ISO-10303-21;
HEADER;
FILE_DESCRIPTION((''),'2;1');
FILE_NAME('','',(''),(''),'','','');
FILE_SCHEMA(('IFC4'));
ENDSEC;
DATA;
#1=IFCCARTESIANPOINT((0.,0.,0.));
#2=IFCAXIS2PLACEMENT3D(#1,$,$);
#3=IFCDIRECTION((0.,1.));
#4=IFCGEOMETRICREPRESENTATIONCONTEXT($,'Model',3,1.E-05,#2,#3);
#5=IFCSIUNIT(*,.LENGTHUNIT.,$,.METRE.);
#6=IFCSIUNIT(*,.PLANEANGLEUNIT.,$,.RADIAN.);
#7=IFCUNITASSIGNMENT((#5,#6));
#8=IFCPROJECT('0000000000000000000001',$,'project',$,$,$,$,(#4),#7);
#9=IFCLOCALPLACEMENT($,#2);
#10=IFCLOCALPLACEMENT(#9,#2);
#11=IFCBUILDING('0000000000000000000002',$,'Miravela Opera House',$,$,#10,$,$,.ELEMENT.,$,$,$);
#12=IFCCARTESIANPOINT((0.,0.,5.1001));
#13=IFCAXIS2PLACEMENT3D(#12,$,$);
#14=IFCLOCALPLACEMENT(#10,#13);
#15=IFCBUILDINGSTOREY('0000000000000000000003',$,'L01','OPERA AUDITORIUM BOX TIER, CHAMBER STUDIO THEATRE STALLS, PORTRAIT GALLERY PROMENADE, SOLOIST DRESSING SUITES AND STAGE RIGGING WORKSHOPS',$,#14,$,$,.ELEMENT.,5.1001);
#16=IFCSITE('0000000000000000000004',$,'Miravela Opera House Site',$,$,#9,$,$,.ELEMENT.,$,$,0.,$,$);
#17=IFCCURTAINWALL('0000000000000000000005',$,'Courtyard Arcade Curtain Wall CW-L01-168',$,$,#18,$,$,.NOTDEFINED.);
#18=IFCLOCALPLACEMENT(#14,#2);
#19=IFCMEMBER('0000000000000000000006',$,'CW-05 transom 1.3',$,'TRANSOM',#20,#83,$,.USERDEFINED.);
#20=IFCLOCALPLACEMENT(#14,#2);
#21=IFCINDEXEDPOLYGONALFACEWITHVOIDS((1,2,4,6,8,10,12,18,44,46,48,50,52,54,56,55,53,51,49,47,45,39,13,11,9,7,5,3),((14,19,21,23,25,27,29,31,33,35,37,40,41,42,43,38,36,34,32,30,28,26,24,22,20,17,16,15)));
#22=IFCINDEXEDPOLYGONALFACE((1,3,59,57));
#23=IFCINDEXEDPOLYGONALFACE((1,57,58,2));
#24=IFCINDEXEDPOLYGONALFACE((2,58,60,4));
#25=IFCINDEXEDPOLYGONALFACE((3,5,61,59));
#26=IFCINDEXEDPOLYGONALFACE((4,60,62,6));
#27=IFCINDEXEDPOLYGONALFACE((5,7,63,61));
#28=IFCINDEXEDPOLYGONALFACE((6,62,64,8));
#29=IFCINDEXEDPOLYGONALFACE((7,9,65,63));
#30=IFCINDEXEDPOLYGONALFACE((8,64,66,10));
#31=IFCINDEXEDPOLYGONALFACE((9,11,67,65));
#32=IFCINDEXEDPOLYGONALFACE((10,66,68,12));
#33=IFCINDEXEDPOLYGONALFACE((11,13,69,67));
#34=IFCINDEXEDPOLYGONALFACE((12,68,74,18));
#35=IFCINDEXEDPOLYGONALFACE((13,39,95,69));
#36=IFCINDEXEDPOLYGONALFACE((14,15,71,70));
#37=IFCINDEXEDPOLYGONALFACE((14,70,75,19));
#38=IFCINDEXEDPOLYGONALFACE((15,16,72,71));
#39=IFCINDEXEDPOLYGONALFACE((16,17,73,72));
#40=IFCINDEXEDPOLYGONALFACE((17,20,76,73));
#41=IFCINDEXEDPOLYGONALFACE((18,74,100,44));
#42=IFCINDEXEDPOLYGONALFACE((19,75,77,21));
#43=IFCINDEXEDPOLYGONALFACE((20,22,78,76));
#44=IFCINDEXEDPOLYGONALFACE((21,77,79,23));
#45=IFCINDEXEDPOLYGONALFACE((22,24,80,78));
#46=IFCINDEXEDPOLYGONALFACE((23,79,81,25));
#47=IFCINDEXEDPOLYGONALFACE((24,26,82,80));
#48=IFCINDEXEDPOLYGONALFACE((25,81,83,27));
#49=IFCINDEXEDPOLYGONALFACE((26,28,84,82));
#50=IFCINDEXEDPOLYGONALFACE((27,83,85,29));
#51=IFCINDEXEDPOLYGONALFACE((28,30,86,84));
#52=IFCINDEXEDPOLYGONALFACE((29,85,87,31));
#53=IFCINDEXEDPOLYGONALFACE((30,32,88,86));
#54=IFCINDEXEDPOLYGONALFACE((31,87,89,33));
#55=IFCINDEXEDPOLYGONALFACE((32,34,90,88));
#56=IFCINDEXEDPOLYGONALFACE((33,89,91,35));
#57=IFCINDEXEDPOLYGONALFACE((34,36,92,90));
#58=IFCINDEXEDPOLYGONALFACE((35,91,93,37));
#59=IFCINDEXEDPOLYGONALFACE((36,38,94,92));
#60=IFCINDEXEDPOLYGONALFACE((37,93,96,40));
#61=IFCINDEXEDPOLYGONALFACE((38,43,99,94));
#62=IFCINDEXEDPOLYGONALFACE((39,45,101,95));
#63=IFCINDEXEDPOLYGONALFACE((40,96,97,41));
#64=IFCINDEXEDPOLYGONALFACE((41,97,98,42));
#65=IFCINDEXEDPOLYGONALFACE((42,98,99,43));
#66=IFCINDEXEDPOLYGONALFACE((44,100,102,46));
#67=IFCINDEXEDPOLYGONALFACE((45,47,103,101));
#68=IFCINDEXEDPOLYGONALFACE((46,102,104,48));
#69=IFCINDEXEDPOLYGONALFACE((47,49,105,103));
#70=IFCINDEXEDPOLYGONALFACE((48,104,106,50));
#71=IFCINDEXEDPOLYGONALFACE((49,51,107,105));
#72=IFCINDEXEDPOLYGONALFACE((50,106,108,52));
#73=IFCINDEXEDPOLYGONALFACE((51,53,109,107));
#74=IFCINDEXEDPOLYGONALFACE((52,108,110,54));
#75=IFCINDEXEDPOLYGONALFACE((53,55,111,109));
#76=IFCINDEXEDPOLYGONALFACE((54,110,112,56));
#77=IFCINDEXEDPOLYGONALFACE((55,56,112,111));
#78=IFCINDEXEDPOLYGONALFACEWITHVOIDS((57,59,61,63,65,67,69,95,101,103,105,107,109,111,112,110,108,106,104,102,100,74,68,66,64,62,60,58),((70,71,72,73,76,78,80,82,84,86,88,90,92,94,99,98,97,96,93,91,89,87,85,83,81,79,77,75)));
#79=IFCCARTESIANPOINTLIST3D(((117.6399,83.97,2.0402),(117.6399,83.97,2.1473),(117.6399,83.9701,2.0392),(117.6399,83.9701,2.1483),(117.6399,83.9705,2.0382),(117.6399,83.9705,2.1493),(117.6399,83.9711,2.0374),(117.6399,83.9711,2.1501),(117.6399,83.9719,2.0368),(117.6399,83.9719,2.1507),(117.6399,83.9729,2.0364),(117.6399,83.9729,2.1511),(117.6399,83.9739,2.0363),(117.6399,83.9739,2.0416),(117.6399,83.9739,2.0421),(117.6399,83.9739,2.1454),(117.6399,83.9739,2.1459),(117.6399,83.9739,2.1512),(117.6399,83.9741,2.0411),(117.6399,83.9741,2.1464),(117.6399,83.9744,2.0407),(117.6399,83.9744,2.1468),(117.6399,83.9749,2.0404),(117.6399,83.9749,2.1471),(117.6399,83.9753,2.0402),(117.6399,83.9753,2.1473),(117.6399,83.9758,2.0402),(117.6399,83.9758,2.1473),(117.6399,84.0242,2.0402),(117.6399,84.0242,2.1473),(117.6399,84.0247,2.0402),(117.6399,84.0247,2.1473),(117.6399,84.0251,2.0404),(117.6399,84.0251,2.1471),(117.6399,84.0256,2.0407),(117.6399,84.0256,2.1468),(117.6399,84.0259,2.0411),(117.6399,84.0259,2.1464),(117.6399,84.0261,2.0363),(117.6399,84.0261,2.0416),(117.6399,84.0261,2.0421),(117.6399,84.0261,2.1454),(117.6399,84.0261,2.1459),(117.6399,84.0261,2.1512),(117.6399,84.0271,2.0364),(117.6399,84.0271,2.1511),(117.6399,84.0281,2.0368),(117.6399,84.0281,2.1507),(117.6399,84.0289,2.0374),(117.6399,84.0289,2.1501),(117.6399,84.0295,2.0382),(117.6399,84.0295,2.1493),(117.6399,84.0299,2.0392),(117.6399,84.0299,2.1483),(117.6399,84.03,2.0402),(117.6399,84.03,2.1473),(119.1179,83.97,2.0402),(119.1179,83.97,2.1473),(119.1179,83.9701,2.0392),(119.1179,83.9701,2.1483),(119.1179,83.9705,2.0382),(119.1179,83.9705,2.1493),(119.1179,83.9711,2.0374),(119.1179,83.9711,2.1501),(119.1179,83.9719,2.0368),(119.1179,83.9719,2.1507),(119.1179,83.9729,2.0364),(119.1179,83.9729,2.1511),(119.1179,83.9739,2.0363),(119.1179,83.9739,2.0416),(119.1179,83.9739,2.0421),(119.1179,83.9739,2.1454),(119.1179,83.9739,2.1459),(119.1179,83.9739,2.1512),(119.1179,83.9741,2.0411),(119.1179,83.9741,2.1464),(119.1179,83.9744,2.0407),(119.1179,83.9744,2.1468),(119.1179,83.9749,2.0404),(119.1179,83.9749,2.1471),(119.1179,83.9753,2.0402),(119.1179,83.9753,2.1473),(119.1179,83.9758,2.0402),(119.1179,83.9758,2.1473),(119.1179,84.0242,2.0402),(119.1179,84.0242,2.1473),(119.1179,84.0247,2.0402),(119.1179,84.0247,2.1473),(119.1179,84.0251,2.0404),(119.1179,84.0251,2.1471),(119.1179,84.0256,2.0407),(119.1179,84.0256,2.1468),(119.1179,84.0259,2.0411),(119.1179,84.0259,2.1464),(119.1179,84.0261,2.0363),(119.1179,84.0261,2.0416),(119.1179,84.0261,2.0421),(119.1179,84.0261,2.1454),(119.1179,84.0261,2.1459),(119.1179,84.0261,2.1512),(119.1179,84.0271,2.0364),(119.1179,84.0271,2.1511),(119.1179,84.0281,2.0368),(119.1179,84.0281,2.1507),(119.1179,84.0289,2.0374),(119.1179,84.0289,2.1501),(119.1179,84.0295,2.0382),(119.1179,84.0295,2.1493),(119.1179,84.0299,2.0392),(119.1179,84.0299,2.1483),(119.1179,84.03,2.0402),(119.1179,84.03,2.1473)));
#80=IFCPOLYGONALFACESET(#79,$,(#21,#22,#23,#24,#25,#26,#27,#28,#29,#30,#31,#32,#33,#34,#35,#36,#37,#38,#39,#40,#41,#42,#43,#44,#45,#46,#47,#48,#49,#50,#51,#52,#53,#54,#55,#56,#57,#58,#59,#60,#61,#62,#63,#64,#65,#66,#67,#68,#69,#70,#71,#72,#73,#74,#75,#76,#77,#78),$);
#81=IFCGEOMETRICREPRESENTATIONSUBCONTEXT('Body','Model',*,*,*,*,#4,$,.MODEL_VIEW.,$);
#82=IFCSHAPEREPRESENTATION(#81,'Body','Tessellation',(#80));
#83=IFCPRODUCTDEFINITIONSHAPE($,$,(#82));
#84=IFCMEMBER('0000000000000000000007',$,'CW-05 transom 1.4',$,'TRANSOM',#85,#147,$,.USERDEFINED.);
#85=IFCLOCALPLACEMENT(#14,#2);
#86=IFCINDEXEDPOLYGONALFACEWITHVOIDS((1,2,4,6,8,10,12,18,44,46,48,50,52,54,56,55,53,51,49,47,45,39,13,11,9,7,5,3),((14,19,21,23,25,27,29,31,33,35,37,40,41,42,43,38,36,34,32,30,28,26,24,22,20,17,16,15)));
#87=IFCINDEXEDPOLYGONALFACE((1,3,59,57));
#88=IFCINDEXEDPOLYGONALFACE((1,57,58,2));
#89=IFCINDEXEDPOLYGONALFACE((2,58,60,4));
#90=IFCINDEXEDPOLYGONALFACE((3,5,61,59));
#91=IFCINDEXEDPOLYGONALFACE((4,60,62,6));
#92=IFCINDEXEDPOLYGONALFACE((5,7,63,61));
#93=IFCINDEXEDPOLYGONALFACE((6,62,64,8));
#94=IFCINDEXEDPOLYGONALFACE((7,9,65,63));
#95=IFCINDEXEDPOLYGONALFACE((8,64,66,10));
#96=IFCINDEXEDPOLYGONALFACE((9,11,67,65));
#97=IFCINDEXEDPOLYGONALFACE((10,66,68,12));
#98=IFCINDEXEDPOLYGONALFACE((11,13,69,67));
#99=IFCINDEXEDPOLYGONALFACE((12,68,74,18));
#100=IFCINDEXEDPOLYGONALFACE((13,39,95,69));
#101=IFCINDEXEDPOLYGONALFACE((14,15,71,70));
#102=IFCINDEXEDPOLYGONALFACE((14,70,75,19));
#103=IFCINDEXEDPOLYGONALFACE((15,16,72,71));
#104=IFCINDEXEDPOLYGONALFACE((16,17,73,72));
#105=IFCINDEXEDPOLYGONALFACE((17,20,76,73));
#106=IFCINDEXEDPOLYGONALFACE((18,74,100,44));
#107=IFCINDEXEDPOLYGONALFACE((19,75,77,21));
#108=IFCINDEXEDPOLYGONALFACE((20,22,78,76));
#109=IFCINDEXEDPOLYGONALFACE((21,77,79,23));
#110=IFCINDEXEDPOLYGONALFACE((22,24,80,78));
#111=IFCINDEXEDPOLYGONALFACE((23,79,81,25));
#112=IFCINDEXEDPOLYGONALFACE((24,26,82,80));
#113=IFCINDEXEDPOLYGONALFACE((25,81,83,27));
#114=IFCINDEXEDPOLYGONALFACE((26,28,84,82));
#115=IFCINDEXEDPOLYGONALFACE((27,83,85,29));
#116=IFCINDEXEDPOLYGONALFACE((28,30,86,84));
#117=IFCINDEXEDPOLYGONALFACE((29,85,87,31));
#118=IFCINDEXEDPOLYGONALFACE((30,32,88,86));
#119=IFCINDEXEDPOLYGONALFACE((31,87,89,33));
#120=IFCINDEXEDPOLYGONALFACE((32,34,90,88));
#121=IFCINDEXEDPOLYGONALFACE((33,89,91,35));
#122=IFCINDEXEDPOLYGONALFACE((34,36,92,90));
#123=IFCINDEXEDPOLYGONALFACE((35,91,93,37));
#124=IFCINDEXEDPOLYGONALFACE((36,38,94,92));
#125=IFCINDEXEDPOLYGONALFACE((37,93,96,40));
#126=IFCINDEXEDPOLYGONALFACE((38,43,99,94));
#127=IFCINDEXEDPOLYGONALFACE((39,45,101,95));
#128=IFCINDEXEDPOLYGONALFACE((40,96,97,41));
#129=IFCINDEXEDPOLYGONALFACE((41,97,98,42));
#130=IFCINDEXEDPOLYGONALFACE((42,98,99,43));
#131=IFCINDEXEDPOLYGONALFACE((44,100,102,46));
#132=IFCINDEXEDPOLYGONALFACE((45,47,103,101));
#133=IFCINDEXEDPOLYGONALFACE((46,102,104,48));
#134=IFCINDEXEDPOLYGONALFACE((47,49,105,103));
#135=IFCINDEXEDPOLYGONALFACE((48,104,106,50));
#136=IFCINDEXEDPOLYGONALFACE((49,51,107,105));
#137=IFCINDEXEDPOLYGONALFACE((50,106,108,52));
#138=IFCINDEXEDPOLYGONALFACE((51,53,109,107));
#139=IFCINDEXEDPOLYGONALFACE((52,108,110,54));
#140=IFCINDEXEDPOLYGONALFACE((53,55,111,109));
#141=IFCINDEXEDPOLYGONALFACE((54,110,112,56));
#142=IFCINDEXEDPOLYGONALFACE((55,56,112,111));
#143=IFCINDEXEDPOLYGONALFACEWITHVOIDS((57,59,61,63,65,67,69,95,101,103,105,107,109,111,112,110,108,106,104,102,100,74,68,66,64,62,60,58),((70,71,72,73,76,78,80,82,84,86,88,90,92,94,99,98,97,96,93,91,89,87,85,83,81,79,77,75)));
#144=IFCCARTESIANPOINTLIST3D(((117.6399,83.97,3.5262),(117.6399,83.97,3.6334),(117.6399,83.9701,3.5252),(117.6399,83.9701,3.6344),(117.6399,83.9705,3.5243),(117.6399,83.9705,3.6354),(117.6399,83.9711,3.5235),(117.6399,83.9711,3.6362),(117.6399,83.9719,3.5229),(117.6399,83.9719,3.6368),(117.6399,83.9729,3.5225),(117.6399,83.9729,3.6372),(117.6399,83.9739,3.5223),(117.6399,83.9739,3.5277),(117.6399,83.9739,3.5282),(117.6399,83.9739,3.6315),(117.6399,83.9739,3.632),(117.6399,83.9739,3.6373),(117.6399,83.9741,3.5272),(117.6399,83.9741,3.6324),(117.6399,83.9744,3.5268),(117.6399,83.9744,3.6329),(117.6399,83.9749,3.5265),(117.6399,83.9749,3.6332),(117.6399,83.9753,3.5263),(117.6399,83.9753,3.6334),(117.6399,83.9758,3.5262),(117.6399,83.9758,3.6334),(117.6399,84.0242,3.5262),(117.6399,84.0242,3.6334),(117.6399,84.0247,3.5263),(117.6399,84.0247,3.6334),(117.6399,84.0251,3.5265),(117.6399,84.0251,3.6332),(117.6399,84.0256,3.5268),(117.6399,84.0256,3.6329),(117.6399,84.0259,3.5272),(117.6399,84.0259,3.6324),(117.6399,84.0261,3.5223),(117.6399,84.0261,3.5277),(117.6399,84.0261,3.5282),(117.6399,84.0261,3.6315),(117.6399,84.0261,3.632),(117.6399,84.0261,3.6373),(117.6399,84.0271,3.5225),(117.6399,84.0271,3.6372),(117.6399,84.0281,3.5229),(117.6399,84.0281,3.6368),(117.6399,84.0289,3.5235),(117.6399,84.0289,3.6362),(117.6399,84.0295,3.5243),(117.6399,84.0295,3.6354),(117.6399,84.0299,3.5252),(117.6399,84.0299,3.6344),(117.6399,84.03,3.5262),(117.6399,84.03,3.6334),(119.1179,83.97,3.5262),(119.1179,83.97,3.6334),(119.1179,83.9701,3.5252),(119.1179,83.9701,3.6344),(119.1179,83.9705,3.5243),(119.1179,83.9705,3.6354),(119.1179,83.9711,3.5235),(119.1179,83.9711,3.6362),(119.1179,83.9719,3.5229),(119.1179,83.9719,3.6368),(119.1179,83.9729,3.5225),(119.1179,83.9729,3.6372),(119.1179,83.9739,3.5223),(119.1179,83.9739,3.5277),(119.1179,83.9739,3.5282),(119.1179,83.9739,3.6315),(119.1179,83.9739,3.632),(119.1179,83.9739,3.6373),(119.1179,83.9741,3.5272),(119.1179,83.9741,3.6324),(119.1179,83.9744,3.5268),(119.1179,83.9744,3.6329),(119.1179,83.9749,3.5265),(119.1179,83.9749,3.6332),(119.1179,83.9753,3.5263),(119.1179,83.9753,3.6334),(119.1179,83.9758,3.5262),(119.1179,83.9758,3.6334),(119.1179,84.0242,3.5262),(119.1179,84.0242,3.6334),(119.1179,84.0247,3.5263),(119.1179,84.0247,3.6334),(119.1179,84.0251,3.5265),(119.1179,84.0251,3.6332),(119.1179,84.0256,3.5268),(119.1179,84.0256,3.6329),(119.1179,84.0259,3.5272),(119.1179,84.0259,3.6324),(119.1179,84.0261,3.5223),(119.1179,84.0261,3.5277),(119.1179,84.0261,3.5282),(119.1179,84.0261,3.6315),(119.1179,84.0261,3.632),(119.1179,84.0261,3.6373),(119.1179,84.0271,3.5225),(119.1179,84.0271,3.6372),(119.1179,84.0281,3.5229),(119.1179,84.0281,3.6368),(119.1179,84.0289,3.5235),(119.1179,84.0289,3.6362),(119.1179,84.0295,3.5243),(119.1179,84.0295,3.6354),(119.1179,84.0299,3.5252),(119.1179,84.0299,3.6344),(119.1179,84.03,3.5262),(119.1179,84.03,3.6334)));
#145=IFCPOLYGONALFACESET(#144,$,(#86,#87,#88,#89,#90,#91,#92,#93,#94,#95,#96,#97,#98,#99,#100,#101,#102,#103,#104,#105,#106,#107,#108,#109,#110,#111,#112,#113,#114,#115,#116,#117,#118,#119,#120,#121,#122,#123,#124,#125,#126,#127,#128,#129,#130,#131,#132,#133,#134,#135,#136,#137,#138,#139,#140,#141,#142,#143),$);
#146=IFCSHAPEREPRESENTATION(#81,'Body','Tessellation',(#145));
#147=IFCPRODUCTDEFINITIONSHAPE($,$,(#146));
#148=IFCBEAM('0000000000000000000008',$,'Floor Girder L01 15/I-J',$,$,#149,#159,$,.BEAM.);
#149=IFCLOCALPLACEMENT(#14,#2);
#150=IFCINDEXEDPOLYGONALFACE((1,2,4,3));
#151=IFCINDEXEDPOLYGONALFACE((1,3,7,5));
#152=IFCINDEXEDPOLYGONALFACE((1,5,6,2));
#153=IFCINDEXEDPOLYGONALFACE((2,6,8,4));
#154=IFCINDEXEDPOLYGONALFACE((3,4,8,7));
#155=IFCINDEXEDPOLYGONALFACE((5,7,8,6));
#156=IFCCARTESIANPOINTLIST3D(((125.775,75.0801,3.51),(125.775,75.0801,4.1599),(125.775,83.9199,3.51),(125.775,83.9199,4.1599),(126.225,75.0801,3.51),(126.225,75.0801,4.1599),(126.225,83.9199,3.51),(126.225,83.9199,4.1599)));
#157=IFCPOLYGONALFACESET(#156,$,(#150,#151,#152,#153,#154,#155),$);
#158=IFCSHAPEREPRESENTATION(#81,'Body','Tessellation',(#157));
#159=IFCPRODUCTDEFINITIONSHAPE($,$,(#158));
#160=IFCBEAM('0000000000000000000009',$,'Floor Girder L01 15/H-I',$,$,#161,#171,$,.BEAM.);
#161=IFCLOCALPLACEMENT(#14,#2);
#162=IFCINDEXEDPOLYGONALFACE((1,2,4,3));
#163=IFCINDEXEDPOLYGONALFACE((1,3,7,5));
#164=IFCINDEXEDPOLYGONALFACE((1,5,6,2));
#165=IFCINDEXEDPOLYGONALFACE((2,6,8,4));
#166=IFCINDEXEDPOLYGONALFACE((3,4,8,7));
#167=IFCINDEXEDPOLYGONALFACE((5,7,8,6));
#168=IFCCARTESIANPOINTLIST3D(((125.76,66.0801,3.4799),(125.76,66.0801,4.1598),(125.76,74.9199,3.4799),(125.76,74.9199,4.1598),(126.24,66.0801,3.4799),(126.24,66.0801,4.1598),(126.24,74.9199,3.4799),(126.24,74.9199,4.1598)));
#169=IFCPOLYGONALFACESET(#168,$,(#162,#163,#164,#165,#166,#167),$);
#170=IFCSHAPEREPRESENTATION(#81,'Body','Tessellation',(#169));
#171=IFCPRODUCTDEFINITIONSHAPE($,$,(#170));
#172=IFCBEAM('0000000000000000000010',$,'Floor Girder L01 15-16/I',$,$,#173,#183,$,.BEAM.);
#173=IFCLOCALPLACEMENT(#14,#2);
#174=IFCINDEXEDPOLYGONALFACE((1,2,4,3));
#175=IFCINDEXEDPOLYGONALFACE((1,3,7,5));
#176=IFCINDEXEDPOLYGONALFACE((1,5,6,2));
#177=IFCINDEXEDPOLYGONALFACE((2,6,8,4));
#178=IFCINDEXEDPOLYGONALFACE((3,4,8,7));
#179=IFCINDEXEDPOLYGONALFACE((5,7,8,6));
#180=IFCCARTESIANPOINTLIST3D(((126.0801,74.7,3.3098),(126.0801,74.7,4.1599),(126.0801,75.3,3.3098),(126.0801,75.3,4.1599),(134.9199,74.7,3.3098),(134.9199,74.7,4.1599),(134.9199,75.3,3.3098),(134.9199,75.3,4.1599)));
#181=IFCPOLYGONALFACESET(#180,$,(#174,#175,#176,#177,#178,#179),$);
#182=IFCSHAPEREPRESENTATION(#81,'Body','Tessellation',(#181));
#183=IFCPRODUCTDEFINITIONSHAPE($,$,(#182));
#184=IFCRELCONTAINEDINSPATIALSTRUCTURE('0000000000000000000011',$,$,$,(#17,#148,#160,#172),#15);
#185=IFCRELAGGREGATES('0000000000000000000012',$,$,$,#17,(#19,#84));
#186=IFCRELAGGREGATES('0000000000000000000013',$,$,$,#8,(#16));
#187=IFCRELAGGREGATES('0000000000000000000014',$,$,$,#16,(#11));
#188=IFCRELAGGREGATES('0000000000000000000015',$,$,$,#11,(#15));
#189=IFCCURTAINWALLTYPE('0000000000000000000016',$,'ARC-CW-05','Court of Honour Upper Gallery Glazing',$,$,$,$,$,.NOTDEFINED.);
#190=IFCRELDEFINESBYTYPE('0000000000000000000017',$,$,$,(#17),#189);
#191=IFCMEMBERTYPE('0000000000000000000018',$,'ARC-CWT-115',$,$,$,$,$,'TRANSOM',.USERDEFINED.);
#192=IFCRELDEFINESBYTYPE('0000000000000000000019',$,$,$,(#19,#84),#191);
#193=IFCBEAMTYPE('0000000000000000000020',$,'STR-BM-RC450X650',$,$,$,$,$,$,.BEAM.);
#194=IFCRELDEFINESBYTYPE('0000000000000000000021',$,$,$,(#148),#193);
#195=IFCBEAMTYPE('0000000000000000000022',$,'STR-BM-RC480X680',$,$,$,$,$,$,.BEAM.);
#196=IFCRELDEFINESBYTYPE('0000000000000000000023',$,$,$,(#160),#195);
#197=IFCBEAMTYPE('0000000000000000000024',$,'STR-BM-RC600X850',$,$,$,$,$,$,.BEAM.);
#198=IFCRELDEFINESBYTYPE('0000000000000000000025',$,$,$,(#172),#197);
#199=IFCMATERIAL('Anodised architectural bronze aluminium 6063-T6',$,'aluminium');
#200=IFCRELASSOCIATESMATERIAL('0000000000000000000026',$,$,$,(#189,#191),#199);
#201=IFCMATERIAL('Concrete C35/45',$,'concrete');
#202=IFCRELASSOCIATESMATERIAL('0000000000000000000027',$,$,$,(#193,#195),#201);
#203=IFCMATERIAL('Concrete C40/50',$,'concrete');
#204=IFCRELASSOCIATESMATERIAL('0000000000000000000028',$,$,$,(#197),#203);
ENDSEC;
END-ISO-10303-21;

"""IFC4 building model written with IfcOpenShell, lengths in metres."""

from ifc_helpers import new_model, si_unit, direction, frame, origin, origin_2d, place, context, subcontext, project, spatial, rectangle, hollow_rectangle, extrude, material, material_profile, profile_set, type_object, element, aggregate, save


model = new_model("IFC4")

# Units and contexts
model_context = context("Model", 3, precision=1e-05, world=origin(), true_north=direction((0.0, 1.0)))
body_context = subcontext(model_context, "Body", "Model", "MODEL_VIEW")
ifc_project = project(units=[si_unit("LENGTHUNIT", "METRE"), si_unit("PLANEANGLEUNIT", "RADIAN")], contexts=[model_context])

# Site, building, storey
site_placement = place(None, origin())
site = spatial("IfcSite", under=ifc_project, at=site_placement, Name="Miravela Opera House Site", CompositionType="ELEMENT", RefElevation=0.0)
building_placement = place(site_placement, origin())
building = spatial("IfcBuilding", under=site, at=building_placement, Name="Miravela Opera House", CompositionType="ELEMENT")
storey_placement = place(building_placement, frame((0.0, 0.0, 5.1001)))
storey = spatial("IfcBuildingStorey", under=building, at=storey_placement, Name="L01", Description="OPERA AUDITORIUM BOX TIER, CHAMBER STUDIO THEATRE STALLS, PORTRAIT GALLERY PROMENADE, SOLOIST DRESSING SUITES AND STAGE RIGGING WORKSHOPS", CompositionType="ELEMENT", Elevation=5.1001)

# Shared definitions
ifc_material_1 = material(Name="Concrete C40/50", Category="concrete")

# Curtain wall, members
ifc_material_2 = material(Name="Anodised architectural bronze aluminium 6063-T6", Category="aluminium")
curtain_wall_type = type_object("IfcCurtainWallType", Name="ARC-CW-05", Description="Court of Honour Upper Gallery Glazing", PredefinedType="NOTDEFINED", material=ifc_material_2)
curtain_wall_placement = place(storey_placement, origin())
curtain_wall = element("IfcCurtainWall", 1, at=curtain_wall_placement, inside=storey, type_object=curtain_wall_type, Name="Courtyard Arcade Curtain Wall CW-L01-168", PredefinedType="NOTDEFINED")
ifc_material_profile_1 = material_profile(ifc_material_2, hollow_rectangle(XDim=0.0601, YDim=0.115, WallThickness=0.0039, InnerFilletRadius=0.002, OuterFilletRadius=0.0039, at=origin_2d()), Name="CWT-60X115")
ifc_profile_set_1 = profile_set([ifc_material_profile_1])
member_type_1 = type_object("IfcMemberType", Name="ARC-CWT-115", ElementType="TRANSOM", PredefinedType="USERDEFINED", material=ifc_profile_set_1)
member_1_placement = place(storey_placement, frame((117.6399, 84.0, 2.0938), z_axis=(1.0, 0.0, 0.0), x_axis=(0.0, 1.0, 0.0)))
member_1 = element("IfcMember", 2, at=member_1_placement, type_object=member_type_1, Name="CW-05 transom 1.3", ObjectType="TRANSOM", PredefinedType="USERDEFINED", context=body_context, shape_type="SweptSolid", body=[
    extrude(hollow_rectangle(XDim=0.0601, YDim=0.115, WallThickness=0.0039, InnerFilletRadius=0.002, OuterFilletRadius=0.0039, at=origin_2d()), origin(), (0.0, 0.0, 1.0), 1.478),
])
member_2_placement = place(storey_placement, frame((117.6399, 84.0, 3.5798), z_axis=(1.0, 0.0, 0.0), x_axis=(0.0, 1.0, 0.0)))
member_2 = element("IfcMember", 3, at=member_2_placement, type_object=member_type_1, Name="CW-05 transom 1.4", ObjectType="TRANSOM", PredefinedType="USERDEFINED", context=body_context, shape_type="SweptSolid", body=[
    extrude(hollow_rectangle(XDim=0.0601, YDim=0.115, WallThickness=0.0039, InnerFilletRadius=0.002, OuterFilletRadius=0.0039, at=origin_2d()), origin(), (0.0, 0.0, 1.0), 1.478),
])

# Beams
ifc_material_3 = material(Name="Concrete C35/45", Category="concrete")
ifc_material_profile_2 = material_profile(ifc_material_3, rectangle(XDim=0.45, YDim=0.6499, at=origin_2d()), Name="RC-BM-450X650")
ifc_profile_set_2 = profile_set([ifc_material_profile_2])
beam_type_1 = type_object("IfcBeamType", Name="STR-BM-RC450X650", PredefinedType="BEAM", material=ifc_profile_set_2)
beam_1_placement = place(storey_placement, frame((126.0, 75.0801, 3.835), z_axis=(0.0, 1.0, 0.0), x_axis=(-1.0, 0.0, 0.0)))
element("IfcBeam", 4, at=beam_1_placement, inside=storey, type_object=beam_type_1, Name="Floor Girder L01 15/I-J", PredefinedType="BEAM", context=body_context, shape_type="SweptSolid", body=[
    extrude(rectangle(XDim=0.45, YDim=0.6499, at=origin_2d()), origin(), (0.0, 0.0, 1.0), 8.8398),
])
ifc_material_profile_3 = material_profile(ifc_material_3, rectangle(XDim=0.48, YDim=0.6799, at=origin_2d()), Name="RC-BM-480X680")
ifc_profile_set_3 = profile_set([ifc_material_profile_3])
beam_type_2 = type_object("IfcBeamType", Name="STR-BM-RC480X680", PredefinedType="BEAM", material=ifc_profile_set_3)
beam_2_placement = place(storey_placement, frame((126.0, 66.0801, 3.8198), z_axis=(0.0, 1.0, 0.0), x_axis=(-1.0, 0.0, 0.0)))
element("IfcBeam", 5, at=beam_2_placement, inside=storey, type_object=beam_type_2, Name="Floor Girder L01 15/H-I", PredefinedType="BEAM", context=body_context, shape_type="SweptSolid", body=[
    extrude(rectangle(XDim=0.48, YDim=0.6799, at=origin_2d()), origin(), (0.0, 0.0, 1.0), 8.8398),
])
ifc_material_profile_4 = material_profile(ifc_material_1, rectangle(XDim=0.6001, YDim=0.8501, at=origin_2d()), Name="RC-BM-600X850")
ifc_profile_set_4 = profile_set([ifc_material_profile_4])
beam_type_3 = type_object("IfcBeamType", Name="STR-BM-RC600X850", PredefinedType="BEAM", material=ifc_profile_set_4)
beam_3_placement = place(storey_placement, frame((126.0801, 75.0, 3.7349), z_axis=(1.0, 0.0, 0.0), x_axis=(0.0, 1.0, 0.0)))
element("IfcBeam", 6, at=beam_3_placement, inside=storey, type_object=beam_type_3, Name="Floor Girder L01 15-16/I", PredefinedType="BEAM", context=body_context, shape_type="SweptSolid", body=[
    extrude(rectangle(XDim=0.6001, YDim=0.8501, at=origin_2d()), origin(), (0.0, 0.0, 1.0), 8.8398),
])

aggregate(curtain_wall, [member_1, member_2])

save(model, "model.ifc")
